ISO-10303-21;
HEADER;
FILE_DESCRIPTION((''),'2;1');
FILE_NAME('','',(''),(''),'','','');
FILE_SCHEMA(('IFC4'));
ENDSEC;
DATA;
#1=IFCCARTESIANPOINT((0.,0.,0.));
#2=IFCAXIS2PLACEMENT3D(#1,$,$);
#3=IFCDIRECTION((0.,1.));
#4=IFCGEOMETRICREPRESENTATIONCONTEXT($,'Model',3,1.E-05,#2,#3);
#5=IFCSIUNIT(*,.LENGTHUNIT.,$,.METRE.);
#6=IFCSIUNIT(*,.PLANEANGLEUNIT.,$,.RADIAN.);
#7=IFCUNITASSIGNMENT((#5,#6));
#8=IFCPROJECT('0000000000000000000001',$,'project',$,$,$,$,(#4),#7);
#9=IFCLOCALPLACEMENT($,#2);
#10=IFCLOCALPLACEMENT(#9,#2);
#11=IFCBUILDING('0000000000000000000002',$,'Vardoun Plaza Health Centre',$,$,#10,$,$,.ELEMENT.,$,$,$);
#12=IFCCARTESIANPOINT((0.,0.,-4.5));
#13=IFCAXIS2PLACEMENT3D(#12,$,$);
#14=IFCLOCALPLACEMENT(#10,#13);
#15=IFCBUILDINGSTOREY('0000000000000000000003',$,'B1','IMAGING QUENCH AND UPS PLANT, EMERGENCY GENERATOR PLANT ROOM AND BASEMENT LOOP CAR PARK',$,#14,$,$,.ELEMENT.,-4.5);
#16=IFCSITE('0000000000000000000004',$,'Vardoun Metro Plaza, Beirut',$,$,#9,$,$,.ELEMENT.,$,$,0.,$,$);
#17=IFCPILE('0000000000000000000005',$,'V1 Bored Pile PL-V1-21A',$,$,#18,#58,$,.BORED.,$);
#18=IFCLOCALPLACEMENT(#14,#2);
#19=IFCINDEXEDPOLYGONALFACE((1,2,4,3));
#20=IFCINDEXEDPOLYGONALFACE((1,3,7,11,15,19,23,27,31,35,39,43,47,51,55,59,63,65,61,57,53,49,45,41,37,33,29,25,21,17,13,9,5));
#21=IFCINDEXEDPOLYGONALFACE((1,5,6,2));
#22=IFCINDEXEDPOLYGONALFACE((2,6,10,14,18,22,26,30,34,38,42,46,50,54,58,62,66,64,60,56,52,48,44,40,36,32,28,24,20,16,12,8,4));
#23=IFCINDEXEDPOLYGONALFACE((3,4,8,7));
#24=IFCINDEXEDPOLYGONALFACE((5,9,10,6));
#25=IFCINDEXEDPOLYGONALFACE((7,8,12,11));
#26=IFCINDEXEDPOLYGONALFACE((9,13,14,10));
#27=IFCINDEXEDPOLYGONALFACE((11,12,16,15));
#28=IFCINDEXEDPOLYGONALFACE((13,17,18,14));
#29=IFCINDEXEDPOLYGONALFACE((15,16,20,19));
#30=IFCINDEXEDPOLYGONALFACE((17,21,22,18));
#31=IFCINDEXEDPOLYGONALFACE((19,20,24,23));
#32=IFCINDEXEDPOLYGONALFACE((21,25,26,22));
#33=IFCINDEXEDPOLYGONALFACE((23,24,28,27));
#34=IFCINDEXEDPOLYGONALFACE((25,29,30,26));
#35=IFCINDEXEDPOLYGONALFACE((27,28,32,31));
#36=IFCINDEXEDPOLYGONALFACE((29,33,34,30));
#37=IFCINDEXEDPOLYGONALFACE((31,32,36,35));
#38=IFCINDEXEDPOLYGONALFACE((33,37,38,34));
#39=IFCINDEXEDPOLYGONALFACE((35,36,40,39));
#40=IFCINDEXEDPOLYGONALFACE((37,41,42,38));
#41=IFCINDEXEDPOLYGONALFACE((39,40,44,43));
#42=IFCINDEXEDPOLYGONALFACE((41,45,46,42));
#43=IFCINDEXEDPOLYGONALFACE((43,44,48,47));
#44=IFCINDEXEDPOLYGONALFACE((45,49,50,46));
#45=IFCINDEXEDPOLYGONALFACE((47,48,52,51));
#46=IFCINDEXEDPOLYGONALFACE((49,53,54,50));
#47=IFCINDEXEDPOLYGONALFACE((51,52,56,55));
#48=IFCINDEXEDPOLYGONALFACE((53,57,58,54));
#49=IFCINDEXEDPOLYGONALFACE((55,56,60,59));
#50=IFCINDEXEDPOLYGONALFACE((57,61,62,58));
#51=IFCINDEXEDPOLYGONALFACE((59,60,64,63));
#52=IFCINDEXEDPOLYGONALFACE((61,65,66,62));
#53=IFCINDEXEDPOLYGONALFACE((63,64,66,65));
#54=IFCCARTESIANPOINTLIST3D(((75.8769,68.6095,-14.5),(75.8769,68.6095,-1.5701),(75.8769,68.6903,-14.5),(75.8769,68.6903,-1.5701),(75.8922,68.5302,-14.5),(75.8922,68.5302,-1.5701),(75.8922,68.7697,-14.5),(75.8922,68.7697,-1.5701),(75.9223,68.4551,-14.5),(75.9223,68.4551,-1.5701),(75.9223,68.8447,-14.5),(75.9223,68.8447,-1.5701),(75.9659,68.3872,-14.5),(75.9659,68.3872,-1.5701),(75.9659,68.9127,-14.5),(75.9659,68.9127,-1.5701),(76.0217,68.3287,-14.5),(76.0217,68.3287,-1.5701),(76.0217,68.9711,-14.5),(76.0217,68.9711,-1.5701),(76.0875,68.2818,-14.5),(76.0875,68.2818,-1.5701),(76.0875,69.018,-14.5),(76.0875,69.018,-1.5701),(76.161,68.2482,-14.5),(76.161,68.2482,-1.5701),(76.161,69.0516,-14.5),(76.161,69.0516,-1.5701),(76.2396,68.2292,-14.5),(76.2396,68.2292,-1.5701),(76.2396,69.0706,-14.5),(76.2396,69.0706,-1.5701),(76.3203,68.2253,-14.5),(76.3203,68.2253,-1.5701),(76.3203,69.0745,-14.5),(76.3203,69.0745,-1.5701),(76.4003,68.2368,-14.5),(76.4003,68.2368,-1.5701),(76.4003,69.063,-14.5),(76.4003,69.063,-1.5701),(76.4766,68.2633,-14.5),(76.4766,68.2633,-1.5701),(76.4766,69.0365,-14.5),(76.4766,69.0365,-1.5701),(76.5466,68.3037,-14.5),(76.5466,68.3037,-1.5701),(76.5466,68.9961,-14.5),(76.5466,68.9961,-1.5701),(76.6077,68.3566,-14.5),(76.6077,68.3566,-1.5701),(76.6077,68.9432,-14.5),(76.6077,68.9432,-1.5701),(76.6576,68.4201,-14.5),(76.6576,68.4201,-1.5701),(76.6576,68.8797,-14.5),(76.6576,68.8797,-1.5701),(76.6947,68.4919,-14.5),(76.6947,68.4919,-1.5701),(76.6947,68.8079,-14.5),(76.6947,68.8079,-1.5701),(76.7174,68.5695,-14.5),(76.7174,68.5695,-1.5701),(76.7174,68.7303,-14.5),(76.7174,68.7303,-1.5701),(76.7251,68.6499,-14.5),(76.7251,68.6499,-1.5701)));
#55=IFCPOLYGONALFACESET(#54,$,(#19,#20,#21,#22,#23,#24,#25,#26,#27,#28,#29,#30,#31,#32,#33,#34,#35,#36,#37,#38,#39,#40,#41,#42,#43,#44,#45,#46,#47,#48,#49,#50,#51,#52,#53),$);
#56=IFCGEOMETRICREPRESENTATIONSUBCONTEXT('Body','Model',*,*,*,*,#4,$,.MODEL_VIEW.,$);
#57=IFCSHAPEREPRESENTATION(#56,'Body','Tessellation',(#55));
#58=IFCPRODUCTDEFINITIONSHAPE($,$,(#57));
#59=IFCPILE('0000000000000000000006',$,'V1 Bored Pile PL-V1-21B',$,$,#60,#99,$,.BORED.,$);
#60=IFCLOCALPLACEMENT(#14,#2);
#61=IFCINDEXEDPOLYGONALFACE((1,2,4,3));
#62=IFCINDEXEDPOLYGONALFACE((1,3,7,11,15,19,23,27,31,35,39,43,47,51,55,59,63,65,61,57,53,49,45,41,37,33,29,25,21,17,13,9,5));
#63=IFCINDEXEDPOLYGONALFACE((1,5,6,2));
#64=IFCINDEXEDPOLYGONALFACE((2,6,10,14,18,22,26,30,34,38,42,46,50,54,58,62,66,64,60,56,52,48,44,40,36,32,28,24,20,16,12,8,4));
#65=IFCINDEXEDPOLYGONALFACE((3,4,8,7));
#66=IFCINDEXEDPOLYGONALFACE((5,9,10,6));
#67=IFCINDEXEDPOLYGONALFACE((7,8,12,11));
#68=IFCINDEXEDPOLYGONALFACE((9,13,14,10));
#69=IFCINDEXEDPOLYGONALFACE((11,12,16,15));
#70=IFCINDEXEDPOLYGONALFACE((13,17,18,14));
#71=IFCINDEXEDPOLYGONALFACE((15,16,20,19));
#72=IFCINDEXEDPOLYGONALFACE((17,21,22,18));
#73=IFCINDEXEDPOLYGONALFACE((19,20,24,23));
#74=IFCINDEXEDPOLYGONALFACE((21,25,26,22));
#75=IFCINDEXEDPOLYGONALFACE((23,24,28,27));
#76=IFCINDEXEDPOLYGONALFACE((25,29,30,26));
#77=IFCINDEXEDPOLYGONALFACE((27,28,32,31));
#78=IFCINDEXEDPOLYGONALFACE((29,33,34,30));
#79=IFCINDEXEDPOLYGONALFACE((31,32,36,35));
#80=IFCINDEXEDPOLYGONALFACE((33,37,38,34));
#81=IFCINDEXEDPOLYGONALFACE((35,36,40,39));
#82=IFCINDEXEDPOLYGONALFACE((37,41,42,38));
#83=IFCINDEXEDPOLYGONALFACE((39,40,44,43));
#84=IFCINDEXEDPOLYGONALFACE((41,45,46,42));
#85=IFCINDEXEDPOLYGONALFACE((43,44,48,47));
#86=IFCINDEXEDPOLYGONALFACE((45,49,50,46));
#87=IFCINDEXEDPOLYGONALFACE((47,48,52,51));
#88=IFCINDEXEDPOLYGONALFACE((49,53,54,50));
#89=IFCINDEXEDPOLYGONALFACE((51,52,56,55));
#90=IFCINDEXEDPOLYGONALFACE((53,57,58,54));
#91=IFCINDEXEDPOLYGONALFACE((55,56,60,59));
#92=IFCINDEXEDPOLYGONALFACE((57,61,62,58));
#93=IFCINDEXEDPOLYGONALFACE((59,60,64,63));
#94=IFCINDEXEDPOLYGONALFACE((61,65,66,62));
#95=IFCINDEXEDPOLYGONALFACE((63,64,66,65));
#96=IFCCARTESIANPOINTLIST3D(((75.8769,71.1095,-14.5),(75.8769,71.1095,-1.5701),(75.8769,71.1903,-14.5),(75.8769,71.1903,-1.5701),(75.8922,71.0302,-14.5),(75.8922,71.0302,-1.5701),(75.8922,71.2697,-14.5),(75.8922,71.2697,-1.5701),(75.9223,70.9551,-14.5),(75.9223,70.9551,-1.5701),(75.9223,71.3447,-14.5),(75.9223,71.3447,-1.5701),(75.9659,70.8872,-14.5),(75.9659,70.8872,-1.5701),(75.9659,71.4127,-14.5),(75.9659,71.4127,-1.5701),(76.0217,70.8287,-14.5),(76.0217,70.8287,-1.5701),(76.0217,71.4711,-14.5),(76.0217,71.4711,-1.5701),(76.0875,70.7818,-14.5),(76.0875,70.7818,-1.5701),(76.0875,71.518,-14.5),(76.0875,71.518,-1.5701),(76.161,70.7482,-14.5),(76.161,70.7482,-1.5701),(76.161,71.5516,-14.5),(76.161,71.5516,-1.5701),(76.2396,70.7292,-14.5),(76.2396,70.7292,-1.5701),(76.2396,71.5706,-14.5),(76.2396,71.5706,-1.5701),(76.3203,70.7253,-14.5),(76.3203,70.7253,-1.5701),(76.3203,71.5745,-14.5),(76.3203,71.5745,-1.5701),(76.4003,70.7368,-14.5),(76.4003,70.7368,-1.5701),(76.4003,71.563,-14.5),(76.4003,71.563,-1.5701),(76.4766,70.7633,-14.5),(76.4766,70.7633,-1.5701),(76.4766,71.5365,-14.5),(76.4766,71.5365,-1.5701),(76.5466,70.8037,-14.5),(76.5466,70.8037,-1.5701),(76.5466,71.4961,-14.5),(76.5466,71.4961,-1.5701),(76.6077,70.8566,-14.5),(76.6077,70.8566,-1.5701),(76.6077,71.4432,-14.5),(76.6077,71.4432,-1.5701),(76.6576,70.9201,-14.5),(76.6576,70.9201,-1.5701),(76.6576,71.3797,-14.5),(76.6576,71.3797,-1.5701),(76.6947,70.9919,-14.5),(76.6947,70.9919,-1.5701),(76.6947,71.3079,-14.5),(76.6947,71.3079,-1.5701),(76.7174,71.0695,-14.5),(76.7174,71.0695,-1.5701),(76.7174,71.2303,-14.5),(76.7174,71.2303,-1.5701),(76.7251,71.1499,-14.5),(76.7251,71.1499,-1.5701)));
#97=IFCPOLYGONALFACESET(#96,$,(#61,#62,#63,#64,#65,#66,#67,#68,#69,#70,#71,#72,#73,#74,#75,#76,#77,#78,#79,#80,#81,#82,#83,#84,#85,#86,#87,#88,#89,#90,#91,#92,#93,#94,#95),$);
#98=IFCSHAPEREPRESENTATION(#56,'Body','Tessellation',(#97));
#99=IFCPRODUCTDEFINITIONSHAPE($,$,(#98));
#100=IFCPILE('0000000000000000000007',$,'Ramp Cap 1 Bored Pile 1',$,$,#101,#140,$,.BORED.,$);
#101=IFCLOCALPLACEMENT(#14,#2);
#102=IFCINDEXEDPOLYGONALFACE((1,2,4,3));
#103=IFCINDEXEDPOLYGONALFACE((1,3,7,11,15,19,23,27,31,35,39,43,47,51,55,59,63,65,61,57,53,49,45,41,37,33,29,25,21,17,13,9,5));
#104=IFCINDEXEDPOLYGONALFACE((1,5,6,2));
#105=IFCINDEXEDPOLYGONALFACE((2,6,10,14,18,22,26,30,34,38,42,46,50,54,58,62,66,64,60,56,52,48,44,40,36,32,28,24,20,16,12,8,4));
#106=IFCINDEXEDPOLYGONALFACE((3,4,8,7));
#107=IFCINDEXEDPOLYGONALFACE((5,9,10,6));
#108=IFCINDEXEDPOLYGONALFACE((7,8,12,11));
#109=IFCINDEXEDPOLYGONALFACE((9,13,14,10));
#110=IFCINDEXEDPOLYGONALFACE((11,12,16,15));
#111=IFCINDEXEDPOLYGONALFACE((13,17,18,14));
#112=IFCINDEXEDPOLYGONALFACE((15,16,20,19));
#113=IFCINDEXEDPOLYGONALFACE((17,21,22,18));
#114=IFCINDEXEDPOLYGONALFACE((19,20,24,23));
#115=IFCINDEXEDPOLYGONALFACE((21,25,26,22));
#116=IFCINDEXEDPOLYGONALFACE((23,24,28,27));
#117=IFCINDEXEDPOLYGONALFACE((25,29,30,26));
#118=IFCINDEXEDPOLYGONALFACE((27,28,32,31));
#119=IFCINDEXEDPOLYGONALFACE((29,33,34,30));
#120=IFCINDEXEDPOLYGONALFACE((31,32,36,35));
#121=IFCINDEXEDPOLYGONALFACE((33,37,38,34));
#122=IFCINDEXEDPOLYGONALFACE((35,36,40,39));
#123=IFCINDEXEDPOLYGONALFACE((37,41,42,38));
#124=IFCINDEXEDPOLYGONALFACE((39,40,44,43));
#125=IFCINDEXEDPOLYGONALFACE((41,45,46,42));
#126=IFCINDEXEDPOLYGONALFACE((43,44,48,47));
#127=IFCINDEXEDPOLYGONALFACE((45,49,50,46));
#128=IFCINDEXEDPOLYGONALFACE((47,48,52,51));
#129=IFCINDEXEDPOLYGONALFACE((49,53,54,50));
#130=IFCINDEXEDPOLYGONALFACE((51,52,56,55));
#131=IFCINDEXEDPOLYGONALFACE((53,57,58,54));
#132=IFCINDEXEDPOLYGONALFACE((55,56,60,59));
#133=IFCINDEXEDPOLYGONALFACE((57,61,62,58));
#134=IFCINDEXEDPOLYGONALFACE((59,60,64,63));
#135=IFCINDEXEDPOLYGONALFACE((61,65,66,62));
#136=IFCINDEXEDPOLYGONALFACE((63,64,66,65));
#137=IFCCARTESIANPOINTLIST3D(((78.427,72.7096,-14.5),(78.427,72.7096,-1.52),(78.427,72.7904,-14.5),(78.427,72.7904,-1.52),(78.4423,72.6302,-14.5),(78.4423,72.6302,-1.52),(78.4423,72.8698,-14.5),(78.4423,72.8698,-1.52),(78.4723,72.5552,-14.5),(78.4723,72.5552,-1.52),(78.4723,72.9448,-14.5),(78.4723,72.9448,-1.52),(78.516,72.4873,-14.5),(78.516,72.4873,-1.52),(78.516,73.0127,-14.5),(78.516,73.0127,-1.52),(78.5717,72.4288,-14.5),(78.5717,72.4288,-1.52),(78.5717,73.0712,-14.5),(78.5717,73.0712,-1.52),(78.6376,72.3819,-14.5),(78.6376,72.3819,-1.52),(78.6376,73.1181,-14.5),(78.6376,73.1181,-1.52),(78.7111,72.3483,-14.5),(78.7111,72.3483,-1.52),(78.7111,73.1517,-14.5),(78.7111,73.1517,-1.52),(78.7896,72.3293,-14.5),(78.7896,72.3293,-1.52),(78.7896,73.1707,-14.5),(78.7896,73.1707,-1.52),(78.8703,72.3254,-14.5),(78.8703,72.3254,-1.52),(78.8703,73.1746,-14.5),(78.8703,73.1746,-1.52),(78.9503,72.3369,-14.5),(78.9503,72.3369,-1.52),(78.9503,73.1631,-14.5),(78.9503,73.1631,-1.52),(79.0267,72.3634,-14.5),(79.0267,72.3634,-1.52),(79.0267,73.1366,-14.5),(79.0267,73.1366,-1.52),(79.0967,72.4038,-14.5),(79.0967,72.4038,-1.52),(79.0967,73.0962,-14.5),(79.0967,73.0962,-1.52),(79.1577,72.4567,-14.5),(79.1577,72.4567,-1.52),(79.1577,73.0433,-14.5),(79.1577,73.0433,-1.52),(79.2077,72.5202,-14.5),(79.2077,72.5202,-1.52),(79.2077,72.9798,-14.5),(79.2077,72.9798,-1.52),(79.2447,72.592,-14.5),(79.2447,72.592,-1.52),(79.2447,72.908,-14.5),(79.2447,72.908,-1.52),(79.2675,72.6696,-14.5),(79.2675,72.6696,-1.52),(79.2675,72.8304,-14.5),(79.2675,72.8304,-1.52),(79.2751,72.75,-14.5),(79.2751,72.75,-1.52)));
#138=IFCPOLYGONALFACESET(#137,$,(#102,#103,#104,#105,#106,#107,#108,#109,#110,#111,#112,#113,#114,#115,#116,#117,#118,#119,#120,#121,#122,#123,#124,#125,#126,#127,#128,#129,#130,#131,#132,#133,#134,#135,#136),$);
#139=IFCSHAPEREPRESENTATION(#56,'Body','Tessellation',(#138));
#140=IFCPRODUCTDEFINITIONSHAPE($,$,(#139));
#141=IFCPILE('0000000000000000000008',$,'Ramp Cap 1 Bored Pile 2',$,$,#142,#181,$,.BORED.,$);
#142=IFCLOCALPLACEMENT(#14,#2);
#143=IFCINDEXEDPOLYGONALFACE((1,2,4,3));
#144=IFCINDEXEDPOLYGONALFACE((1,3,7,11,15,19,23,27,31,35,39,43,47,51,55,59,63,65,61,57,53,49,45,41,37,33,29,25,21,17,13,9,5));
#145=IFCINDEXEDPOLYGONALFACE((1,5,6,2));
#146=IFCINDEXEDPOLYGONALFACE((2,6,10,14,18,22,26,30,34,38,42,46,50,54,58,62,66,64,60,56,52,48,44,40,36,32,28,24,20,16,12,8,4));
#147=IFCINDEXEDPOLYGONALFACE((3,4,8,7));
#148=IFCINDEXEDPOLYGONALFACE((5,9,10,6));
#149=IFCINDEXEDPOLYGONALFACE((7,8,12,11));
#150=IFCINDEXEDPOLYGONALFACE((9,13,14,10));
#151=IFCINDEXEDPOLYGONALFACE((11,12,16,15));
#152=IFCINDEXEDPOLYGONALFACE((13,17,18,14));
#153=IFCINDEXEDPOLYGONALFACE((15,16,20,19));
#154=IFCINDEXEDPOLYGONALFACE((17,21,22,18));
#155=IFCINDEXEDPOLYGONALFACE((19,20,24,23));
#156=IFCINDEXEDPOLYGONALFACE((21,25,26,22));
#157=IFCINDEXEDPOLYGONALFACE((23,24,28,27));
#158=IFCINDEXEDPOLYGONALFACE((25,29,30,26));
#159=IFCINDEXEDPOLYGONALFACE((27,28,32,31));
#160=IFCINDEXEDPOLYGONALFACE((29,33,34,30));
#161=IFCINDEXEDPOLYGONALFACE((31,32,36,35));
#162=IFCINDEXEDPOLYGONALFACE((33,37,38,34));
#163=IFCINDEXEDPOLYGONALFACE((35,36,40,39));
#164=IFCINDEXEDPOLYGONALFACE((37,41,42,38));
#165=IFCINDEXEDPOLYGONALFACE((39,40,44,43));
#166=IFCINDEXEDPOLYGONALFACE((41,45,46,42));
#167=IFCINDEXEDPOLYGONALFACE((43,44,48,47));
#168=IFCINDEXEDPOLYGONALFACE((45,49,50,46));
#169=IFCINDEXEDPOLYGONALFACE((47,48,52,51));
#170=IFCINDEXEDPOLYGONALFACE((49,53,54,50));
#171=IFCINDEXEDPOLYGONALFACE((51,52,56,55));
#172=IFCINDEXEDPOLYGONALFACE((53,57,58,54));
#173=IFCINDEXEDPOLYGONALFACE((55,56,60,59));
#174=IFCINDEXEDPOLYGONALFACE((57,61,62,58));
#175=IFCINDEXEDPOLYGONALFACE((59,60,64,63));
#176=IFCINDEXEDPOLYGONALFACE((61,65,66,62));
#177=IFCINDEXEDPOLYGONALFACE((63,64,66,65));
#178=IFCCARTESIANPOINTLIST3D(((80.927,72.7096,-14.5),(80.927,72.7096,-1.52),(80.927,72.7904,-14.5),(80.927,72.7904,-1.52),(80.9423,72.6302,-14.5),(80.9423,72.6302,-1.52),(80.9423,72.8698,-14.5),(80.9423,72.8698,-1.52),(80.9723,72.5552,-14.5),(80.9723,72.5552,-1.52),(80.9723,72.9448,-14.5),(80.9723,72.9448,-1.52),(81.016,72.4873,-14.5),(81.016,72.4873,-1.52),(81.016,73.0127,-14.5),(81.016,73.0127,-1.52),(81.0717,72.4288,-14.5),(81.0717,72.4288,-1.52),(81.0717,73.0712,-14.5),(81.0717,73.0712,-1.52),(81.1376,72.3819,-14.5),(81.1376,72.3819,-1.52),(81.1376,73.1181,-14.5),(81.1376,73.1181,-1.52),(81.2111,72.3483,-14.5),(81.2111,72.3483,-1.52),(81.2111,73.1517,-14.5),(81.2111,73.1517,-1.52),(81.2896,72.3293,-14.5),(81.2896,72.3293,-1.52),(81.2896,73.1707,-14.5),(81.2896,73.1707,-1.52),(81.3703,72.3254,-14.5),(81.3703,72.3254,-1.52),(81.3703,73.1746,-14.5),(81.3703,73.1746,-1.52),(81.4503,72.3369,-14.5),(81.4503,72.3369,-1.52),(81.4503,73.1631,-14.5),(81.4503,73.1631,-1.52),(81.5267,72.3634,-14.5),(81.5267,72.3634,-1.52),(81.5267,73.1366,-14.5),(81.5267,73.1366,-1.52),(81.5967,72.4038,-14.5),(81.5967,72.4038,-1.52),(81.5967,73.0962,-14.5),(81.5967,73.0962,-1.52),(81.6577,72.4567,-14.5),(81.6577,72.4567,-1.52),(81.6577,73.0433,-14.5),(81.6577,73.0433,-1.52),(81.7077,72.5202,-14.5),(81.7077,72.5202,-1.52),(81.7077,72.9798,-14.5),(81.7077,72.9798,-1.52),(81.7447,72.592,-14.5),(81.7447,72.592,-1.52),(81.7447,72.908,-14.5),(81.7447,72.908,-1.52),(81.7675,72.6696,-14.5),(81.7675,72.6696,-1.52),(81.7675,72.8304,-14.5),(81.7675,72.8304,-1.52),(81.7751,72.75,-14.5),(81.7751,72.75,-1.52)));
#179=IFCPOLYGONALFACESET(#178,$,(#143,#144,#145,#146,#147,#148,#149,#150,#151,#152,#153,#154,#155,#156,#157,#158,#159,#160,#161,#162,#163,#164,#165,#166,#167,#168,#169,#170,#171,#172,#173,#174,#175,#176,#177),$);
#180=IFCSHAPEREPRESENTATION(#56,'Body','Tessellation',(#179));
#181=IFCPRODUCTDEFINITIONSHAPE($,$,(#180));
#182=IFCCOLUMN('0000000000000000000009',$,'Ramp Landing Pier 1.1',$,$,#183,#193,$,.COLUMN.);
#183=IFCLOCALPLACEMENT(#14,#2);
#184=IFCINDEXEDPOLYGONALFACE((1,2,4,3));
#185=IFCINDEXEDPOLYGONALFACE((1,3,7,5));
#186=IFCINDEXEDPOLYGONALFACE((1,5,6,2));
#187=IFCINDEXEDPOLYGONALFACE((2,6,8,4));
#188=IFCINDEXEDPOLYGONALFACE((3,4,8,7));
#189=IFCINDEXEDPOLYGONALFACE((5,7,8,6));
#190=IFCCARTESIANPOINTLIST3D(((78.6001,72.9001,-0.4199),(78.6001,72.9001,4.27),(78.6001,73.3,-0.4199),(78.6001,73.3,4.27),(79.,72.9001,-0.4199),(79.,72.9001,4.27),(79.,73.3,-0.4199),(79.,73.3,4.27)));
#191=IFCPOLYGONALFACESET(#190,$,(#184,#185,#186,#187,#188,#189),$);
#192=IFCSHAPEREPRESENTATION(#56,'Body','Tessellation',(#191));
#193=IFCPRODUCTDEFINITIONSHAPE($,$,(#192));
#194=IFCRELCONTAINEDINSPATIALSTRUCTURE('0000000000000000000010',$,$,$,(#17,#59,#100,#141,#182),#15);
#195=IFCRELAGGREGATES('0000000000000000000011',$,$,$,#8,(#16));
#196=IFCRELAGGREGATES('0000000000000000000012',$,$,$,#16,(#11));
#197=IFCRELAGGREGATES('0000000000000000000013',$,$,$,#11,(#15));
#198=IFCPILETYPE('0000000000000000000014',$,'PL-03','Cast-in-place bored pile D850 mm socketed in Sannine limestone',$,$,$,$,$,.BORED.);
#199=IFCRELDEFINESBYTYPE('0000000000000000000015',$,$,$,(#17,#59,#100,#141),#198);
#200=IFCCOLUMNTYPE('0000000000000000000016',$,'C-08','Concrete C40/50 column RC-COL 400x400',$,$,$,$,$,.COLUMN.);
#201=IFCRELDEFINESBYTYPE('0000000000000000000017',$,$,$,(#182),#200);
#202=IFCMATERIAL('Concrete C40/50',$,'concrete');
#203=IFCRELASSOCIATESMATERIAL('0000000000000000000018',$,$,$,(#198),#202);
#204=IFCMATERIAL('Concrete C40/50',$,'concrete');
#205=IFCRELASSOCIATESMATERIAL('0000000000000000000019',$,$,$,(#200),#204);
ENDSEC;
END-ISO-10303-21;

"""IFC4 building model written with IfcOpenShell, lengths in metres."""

from ifc_helpers import new_model, si_unit, direction, frame, origin, origin_2d, place, context, subcontext, project, spatial, rectangle, circle, extrude, material, material_profile, profile_set, type_object, element, save


model = new_model("IFC4")

# Units and contexts
model_context = context("Model", 3, precision=1e-05, world=origin(), true_north=direction((0.0, 1.0)))
body_context = subcontext(model_context, "Body", "Model", "MODEL_VIEW")
ifc_project = project(units=[si_unit("LENGTHUNIT", "METRE"), si_unit("PLANEANGLEUNIT", "RADIAN")], contexts=[model_context])

# Site, building, storey
site_placement = place(None, origin())
site = spatial("IfcSite", under=ifc_project, at=site_placement, Name="Vardoun Metro Plaza, Beirut", CompositionType="ELEMENT", RefElevation=0.0)
building_placement = place(site_placement, origin())
building = spatial("IfcBuilding", under=site, at=building_placement, Name="Vardoun Plaza Health Centre", CompositionType="ELEMENT")
storey_placement = place(building_placement, frame((0.0, 0.0, -4.5)))
storey = spatial("IfcBuildingStorey", under=building, at=storey_placement, Name="B1", Description="IMAGING QUENCH AND UPS PLANT, EMERGENCY GENERATOR PLANT ROOM AND BASEMENT LOOP CAR PARK", CompositionType="ELEMENT", Elevation=-4.5)

# Piles
ifc_material_1 = material(Name="Concrete C40/50", Category="concrete")
ifc_material_profile_1 = material_profile(ifc_material_1, circle(Radius=0.425, at=origin_2d()), Name="PILE D850")
ifc_profile_set_1 = profile_set([ifc_material_profile_1], Name="Concrete C40/50")
pile_type_1 = type_object("IfcPileType", Name="PL-03", Description="Cast-in-place bored pile D850 mm socketed in Sannine limestone", PredefinedType="BORED", material=ifc_profile_set_1)
for number, where, z_axis, x_axis, name in (
    (1, (76.3, 68.6499, -1.5701), (0.0, 0.0, -1.0), (1.0, 0.0, 0.0), "V1 Bored Pile PL-V1-21A"),
    (2, (76.3, 71.1499, -1.5701), (0.0, 0.0, -1.0), (1.0, 0.0, 0.0), "V1 Bored Pile PL-V1-21B"),
):
    element("IfcPile", number, at=place(storey_placement, frame(where, z_axis=z_axis, x_axis=x_axis)), inside=storey, type_object=pile_type_1, Name=name, PredefinedType="BORED", context=body_context, shape_type="SweptSolid", body=[
        extrude(circle(Radius=0.425, at=origin_2d()), origin(), (0.0, 0.0, 1.0), 12.9299),
    ])
for number, where, z_axis, x_axis, name in (
    (3, (78.8501, 72.75, -1.52), (0.0, 0.0, -1.0), (1.0, 0.0, 0.0), "Ramp Cap 1 Bored Pile 1"),
    (4, (81.3501, 72.75, -1.52), (0.0, 0.0, -1.0), (1.0, 0.0, 0.0), "Ramp Cap 1 Bored Pile 2"),
):
    element("IfcPile", number, at=place(storey_placement, frame(where, z_axis=z_axis, x_axis=x_axis)), inside=storey, type_object=pile_type_1, Name=name, PredefinedType="BORED", context=body_context, shape_type="SweptSolid", body=[
        extrude(circle(Radius=0.425, at=origin_2d()), origin(), (0.0, 0.0, 1.0), 12.98),
    ])

# Column
ifc_material_2 = material(Name="Concrete C40/50", Category="concrete")
ifc_material_profile_2 = material_profile(ifc_material_2, rectangle(XDim=0.3999, YDim=0.3999, at=origin_2d()), Name="RC-COL 400x400")
ifc_profile_set_2 = profile_set([ifc_material_profile_2], Name="Concrete C40/50")
column_type_1 = type_object("IfcColumnType", Name="C-08", Description="Concrete C40/50 column RC-COL 400x400", PredefinedType="COLUMN", material=ifc_profile_set_2)
column_1_placement = place(storey_placement, frame((78.8, 73.1001, -0.4199), z_axis=(0.0, 0.0, 1.0), x_axis=(1.0, 0.0, 0.0)))
element("IfcColumn", 5, at=column_1_placement, inside=storey, type_object=column_type_1, Name="Ramp Landing Pier 1.1", PredefinedType="COLUMN", context=body_context, shape_type="SweptSolid", body=[
    extrude(rectangle(XDim=0.3999, YDim=0.3999, at=origin_2d()), origin(), (0.0, 0.0, 1.0), 4.6899),
])

save(model, "model.ifc")
